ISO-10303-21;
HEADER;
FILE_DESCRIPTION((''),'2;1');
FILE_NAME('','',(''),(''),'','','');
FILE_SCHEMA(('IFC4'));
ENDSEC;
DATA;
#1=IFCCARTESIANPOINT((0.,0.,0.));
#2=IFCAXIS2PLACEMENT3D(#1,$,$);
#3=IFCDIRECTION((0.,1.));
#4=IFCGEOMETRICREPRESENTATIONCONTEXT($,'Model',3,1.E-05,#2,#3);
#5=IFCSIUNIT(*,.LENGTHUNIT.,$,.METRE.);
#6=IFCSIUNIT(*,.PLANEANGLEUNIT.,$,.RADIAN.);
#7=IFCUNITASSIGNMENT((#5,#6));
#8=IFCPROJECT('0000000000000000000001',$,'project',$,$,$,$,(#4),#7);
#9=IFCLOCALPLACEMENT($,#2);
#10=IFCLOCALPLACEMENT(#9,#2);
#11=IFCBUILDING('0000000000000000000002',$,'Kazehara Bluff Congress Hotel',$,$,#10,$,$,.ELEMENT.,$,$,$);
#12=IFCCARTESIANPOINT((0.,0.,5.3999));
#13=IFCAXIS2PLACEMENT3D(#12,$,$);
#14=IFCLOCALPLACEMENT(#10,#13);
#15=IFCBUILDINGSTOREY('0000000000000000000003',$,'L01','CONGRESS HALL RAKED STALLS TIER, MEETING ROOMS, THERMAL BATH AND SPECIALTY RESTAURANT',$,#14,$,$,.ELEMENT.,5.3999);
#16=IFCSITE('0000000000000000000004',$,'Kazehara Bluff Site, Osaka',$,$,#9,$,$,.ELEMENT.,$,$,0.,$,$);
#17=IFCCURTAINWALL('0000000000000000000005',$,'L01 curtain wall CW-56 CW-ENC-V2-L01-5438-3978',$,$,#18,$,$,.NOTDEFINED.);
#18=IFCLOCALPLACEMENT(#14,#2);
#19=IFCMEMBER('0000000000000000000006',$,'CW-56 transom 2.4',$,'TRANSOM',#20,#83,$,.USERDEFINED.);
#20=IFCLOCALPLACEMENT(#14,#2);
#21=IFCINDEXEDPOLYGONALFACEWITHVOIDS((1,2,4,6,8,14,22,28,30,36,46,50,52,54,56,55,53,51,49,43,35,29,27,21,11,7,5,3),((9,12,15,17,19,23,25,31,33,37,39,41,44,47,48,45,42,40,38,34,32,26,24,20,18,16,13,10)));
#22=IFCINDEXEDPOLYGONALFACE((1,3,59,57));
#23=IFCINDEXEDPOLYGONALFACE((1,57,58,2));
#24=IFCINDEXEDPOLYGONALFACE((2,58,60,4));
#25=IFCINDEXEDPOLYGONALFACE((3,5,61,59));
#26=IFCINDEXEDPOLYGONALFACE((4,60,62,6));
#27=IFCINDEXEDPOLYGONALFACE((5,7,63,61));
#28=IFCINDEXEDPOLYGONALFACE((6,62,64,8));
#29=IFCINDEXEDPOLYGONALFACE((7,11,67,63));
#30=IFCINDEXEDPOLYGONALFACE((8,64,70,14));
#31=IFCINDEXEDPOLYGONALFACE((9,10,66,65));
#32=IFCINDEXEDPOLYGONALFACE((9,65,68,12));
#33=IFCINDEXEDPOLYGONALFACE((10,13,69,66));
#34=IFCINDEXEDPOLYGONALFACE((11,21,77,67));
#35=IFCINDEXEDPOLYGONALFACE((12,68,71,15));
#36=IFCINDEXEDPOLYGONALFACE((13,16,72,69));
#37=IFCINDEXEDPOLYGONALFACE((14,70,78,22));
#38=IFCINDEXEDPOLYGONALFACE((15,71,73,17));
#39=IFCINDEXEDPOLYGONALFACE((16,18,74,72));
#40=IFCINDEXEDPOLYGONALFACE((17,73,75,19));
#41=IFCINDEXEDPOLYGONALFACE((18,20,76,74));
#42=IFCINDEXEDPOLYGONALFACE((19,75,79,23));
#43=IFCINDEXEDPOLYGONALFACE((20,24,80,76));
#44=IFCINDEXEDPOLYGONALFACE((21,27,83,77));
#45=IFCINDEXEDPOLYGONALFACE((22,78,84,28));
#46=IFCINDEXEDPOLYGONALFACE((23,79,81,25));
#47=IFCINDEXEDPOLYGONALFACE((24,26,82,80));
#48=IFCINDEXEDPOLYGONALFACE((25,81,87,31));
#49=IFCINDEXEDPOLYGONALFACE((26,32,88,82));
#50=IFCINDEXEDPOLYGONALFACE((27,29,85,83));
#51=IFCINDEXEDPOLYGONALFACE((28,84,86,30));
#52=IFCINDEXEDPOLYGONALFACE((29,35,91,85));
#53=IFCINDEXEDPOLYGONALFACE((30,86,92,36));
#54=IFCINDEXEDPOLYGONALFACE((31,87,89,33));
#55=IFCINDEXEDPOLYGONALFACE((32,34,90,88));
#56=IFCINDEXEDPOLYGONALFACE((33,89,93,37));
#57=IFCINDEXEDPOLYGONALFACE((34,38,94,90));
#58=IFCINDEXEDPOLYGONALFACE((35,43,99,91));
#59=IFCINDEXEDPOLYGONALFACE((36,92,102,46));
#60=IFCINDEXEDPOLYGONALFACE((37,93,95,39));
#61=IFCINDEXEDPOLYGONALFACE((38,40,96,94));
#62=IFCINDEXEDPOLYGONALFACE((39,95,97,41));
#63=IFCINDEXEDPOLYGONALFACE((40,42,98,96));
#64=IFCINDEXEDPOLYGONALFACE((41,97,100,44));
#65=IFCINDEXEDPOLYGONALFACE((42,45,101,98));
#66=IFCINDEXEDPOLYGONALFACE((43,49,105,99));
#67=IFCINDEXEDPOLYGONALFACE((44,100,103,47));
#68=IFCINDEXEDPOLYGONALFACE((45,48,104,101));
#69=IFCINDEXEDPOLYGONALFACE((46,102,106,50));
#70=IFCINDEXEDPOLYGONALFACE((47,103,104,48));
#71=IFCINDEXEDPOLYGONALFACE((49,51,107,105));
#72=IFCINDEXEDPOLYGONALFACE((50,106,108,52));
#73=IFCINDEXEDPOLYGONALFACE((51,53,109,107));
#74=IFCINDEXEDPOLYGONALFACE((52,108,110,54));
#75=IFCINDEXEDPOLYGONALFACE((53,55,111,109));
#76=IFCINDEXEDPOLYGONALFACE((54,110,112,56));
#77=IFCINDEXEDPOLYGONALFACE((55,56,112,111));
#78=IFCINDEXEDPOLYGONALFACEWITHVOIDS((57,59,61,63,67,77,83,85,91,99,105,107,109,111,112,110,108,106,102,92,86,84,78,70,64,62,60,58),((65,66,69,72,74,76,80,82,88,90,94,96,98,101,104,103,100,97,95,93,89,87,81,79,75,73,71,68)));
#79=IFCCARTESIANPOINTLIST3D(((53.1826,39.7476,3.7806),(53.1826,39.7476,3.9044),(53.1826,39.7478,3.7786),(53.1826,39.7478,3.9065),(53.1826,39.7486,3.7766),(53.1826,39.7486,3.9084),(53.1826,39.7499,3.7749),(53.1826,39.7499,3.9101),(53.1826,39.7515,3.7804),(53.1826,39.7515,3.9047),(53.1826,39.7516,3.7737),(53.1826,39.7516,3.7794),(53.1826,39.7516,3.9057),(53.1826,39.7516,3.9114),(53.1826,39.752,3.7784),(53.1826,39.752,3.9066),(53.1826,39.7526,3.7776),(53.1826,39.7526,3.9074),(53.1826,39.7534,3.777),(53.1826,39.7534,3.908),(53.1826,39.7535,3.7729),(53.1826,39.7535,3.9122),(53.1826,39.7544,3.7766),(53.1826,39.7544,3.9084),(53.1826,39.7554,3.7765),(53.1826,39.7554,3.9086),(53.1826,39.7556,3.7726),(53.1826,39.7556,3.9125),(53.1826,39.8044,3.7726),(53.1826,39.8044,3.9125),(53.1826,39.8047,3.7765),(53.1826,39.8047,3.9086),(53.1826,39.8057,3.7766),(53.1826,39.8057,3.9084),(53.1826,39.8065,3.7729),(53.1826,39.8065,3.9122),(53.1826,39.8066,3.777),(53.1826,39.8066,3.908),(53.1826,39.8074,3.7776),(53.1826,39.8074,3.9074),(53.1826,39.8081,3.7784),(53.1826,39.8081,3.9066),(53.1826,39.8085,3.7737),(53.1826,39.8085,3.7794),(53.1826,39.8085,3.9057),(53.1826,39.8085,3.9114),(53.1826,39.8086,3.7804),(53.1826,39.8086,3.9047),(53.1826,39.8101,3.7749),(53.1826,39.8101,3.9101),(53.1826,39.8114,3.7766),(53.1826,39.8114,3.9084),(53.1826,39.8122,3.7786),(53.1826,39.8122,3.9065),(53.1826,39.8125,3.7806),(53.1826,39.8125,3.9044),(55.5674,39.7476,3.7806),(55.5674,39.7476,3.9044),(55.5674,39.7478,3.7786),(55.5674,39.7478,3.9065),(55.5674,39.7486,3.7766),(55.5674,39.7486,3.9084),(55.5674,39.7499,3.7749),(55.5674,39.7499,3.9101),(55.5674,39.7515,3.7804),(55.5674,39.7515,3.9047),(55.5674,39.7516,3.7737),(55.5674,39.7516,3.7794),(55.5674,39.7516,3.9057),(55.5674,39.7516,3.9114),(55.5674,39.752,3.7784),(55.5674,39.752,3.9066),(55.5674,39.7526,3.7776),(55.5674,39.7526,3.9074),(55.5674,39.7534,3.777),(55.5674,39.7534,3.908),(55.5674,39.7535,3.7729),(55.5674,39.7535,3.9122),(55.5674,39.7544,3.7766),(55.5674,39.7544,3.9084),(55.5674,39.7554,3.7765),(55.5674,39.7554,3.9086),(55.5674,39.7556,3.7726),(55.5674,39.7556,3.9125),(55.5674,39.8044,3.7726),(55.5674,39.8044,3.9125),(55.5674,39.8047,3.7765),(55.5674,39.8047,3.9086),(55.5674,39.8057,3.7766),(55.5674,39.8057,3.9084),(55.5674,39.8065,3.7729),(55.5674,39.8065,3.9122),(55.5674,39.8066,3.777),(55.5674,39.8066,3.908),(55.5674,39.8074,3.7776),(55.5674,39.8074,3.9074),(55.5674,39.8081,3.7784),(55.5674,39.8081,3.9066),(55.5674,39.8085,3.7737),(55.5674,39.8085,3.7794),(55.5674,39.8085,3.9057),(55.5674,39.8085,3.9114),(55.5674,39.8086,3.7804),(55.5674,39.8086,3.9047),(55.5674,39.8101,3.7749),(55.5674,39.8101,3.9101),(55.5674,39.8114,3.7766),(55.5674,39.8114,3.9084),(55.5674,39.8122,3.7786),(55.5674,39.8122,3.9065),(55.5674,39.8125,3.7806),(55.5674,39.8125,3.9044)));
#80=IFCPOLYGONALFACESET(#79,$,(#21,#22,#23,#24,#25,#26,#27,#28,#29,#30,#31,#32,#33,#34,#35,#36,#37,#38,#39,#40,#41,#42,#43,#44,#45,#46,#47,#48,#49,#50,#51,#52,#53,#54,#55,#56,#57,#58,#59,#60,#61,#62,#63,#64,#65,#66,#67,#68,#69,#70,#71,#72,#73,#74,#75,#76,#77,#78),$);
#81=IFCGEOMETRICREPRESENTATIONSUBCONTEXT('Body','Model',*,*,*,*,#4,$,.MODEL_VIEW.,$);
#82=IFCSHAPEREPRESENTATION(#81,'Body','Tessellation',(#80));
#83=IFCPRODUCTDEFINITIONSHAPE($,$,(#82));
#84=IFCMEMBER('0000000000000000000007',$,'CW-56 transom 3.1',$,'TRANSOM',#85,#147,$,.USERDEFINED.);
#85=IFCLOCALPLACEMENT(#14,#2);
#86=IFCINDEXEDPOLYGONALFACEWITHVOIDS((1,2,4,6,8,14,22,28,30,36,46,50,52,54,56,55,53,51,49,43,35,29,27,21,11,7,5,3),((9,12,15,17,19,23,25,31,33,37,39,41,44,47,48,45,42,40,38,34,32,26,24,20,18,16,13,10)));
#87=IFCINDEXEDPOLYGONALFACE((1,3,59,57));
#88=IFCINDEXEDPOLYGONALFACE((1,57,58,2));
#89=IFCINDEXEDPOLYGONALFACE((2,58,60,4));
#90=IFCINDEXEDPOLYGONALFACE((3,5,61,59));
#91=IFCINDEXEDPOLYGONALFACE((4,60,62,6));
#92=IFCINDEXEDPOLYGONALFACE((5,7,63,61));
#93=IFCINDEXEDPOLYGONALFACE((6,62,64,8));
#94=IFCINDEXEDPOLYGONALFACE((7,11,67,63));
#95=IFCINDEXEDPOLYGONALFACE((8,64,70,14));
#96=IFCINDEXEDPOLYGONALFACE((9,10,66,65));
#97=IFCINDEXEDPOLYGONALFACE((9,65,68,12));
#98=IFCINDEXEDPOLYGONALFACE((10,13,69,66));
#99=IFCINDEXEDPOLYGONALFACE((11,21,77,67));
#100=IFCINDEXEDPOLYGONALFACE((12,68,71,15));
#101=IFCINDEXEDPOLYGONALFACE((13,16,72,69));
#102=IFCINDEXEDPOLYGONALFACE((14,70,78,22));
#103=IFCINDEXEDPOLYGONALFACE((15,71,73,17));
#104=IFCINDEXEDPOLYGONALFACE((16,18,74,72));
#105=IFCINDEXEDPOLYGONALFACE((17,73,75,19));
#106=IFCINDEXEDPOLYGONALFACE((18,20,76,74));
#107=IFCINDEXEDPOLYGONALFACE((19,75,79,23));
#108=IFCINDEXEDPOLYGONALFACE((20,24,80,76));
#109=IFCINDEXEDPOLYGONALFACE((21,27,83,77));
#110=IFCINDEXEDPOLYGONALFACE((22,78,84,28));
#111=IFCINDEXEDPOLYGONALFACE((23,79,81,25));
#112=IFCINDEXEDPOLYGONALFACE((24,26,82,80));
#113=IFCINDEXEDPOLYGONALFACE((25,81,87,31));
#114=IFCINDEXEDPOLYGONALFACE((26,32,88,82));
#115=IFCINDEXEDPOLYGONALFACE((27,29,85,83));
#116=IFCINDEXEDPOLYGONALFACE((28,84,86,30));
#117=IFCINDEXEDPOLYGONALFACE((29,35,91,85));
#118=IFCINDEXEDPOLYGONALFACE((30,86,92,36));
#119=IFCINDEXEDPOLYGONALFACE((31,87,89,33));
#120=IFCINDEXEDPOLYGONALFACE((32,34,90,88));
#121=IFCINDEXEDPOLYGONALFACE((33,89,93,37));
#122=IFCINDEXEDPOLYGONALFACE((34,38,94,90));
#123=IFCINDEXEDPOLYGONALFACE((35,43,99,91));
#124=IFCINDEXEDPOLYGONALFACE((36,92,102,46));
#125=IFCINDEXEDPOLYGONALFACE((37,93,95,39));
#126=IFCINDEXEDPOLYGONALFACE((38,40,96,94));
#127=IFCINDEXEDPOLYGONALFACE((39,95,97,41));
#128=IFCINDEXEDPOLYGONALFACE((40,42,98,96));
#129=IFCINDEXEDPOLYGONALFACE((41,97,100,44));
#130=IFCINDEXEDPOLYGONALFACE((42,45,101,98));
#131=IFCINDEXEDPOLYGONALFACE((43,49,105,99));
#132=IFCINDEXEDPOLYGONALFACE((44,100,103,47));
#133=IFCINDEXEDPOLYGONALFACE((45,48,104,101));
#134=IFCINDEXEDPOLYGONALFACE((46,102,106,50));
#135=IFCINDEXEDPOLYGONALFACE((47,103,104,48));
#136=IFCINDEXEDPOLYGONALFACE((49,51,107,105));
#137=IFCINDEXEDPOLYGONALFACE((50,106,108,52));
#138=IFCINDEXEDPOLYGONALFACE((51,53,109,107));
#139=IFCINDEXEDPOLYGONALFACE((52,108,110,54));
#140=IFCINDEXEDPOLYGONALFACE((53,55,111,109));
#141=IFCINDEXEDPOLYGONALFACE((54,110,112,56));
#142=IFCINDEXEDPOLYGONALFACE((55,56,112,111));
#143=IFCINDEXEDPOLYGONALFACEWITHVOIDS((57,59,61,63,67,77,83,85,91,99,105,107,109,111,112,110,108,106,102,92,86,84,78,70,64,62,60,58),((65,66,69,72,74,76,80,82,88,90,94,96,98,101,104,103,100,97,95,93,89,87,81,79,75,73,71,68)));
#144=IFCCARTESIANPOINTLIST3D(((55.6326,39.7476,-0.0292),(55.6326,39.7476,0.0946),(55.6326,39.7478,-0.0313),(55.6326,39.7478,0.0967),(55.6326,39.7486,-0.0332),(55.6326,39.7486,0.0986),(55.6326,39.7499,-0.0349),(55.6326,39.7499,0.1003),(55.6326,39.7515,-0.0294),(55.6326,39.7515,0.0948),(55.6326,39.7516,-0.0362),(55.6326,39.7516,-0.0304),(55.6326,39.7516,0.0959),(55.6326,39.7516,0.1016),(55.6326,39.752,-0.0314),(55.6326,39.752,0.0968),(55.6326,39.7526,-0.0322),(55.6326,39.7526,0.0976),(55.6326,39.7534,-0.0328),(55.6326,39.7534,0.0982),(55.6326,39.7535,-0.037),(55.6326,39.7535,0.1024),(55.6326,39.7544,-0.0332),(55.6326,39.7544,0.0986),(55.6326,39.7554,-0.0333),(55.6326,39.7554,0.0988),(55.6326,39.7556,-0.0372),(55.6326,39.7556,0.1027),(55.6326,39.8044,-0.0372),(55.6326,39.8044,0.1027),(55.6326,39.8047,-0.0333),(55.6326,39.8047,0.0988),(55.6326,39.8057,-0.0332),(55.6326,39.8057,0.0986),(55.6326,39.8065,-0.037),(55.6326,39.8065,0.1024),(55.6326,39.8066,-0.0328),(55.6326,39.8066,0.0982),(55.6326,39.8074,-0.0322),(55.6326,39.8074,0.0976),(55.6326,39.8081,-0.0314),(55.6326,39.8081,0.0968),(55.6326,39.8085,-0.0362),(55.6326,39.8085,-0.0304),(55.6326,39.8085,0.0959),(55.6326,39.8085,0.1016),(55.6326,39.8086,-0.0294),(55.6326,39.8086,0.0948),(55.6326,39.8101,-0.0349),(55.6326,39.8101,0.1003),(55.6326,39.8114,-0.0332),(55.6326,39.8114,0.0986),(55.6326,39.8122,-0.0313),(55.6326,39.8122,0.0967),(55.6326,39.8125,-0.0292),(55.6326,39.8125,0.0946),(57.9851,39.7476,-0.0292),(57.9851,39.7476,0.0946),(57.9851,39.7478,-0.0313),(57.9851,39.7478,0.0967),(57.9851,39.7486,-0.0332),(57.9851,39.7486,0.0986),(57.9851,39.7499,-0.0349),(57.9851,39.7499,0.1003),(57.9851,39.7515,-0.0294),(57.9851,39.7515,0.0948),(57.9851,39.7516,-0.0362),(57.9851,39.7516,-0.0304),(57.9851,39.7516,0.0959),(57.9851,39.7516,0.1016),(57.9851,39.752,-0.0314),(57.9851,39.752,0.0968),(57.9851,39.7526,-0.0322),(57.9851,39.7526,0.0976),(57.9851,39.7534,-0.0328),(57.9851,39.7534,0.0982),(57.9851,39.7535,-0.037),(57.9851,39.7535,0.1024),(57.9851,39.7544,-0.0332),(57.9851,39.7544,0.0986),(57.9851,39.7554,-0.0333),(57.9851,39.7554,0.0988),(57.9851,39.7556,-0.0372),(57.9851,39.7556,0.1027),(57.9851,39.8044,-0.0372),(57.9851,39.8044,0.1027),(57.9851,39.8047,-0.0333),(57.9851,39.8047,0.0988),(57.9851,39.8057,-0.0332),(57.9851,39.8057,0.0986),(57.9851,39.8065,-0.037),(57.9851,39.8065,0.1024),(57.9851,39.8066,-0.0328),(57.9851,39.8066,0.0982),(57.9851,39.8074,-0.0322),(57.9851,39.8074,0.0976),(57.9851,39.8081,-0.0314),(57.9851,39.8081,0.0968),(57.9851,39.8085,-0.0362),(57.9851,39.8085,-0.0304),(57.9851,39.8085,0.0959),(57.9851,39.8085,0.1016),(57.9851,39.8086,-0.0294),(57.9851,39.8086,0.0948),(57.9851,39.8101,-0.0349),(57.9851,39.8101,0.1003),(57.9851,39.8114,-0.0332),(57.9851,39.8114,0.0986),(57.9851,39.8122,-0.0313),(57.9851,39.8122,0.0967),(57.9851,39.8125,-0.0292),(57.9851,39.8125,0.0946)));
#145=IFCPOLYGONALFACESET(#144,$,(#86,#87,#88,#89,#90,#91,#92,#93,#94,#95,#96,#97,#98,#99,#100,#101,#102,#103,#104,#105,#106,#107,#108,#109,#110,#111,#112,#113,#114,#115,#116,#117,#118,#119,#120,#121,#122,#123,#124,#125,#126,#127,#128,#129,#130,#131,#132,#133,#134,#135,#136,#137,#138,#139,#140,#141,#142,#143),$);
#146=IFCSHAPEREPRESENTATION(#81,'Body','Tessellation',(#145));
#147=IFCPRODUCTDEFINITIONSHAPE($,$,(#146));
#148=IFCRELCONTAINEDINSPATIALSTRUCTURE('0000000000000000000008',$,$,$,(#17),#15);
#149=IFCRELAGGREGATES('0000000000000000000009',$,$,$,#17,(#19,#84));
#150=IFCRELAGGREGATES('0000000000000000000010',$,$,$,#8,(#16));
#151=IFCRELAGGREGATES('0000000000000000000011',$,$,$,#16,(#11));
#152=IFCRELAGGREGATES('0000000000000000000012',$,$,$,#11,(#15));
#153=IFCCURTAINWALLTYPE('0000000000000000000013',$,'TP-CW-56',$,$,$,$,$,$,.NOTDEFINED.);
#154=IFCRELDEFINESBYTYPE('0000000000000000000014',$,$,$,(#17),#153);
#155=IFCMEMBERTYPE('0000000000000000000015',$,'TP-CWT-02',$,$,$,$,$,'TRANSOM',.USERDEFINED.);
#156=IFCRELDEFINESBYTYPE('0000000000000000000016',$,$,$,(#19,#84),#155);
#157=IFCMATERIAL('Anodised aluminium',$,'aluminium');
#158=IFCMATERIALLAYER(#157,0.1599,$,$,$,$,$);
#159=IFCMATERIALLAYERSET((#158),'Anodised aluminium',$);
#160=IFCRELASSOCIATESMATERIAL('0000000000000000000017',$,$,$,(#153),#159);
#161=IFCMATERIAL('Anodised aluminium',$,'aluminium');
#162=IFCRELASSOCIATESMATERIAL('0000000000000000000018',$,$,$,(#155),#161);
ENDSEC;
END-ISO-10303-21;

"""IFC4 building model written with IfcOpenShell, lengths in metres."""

from ifc_helpers import new_model, si_unit, direction, frame, origin, origin_2d, place, context, subcontext, project, spatial, hollow_rectangle, extrude, material, layer, layer_set, material_profile, profile_set, type_object, element, aggregate, save


model = new_model("IFC4")

# Units and contexts
model_context = context("Model", 3, precision=1e-05, world=origin(), true_north=direction((0.0, 1.0)))
body_context = subcontext(model_context, "Body", "Model", "MODEL_VIEW")
ifc_project = project(units=[si_unit("LENGTHUNIT", "METRE"), si_unit("PLANEANGLEUNIT", "RADIAN")], contexts=[model_context])

# Site, building, storey
site_placement = place(None, origin())
site = spatial("IfcSite", under=ifc_project, at=site_placement, Name="Kazehara Bluff Site, Osaka", CompositionType="ELEMENT", RefElevation=0.0)
building_placement = place(site_placement, origin())
building = spatial("IfcBuilding", under=site, at=building_placement, Name="Kazehara Bluff Congress Hotel", CompositionType="ELEMENT")
storey_placement = place(building_placement, frame((0.0, 0.0, 5.3999)))
storey = spatial("IfcBuildingStorey", under=building, at=storey_placement, Name="L01", Description="CONGRESS HALL RAKED STALLS TIER, MEETING ROOMS, THERMAL BATH AND SPECIALTY RESTAURANT", CompositionType="ELEMENT", Elevation=5.3999)

# Curtain wall
ifc_material_1 = material(Name="Anodised aluminium", Category="aluminium")
ifc_layer_1 = layer(ifc_material_1, 0.1599)
ifc_layer_set_1 = layer_set([ifc_layer_1], Name="Anodised aluminium")
curtain_wall_type_1 = type_object("IfcCurtainWallType", Name="TP-CW-56", PredefinedType="NOTDEFINED", material=ifc_layer_set_1)
curtain_wall_1_placement = place(storey_placement, origin())
curtain_wall_1 = element("IfcCurtainWall", 1, at=curtain_wall_1_placement, inside=storey, type_object=curtain_wall_type_1, Name="L01 curtain wall CW-56 CW-ENC-V2-L01-5438-3978", PredefinedType="NOTDEFINED")

# Members
ifc_material_2 = material(Name="Anodised aluminium", Category="aluminium")
ifc_material_profile_1 = material_profile(ifc_material_2, hollow_rectangle(XDim=0.0649, YDim=0.1399, WallThickness=0.0039, InnerFilletRadius=0.0039, OuterFilletRadius=0.0081, at=origin_2d()))
ifc_profile_set_1 = profile_set([ifc_material_profile_1], Name="Anodised aluminium")
member_type_1 = type_object("IfcMemberType", Name="TP-CWT-02", ElementType="TRANSOM", PredefinedType="USERDEFINED", material=ifc_profile_set_1)
member_1_placement = place(storey_placement, frame((53.1826, 39.78, 3.8425), z_axis=(1.0, 0.0, 0.0), x_axis=(0.0, 1.0, 0.0)))
member_1 = element("IfcMember", 2, at=member_1_placement, type_object=member_type_1, Name="CW-56 transom 2.4", ObjectType="TRANSOM", PredefinedType="USERDEFINED", context=body_context, shape_type="SweptSolid", body=[
    extrude(hollow_rectangle(XDim=0.0649, YDim=0.1399, WallThickness=0.0039, InnerFilletRadius=0.0039, OuterFilletRadius=0.0081, at=origin_2d()), origin(), (0.0, 0.0, 1.0), 2.3848),
])
member_2_placement = place(storey_placement, frame((55.6326, 39.78, 0.0327), z_axis=(1.0, 0.0, 0.0), x_axis=(0.0, 1.0, 0.0)))
member_2 = element("IfcMember", 3, at=member_2_placement, type_object=member_type_1, Name="CW-56 transom 3.1", ObjectType="TRANSOM", PredefinedType="USERDEFINED", context=body_context, shape_type="SweptSolid", body=[
    extrude(hollow_rectangle(XDim=0.0649, YDim=0.1399, WallThickness=0.0039, InnerFilletRadius=0.0039, OuterFilletRadius=0.0081, at=origin_2d()), origin(), (0.0, 0.0, 1.0), 2.3525),
])

aggregate(curtain_wall_1, [member_1, member_2])

save(model, "model.ifc")
